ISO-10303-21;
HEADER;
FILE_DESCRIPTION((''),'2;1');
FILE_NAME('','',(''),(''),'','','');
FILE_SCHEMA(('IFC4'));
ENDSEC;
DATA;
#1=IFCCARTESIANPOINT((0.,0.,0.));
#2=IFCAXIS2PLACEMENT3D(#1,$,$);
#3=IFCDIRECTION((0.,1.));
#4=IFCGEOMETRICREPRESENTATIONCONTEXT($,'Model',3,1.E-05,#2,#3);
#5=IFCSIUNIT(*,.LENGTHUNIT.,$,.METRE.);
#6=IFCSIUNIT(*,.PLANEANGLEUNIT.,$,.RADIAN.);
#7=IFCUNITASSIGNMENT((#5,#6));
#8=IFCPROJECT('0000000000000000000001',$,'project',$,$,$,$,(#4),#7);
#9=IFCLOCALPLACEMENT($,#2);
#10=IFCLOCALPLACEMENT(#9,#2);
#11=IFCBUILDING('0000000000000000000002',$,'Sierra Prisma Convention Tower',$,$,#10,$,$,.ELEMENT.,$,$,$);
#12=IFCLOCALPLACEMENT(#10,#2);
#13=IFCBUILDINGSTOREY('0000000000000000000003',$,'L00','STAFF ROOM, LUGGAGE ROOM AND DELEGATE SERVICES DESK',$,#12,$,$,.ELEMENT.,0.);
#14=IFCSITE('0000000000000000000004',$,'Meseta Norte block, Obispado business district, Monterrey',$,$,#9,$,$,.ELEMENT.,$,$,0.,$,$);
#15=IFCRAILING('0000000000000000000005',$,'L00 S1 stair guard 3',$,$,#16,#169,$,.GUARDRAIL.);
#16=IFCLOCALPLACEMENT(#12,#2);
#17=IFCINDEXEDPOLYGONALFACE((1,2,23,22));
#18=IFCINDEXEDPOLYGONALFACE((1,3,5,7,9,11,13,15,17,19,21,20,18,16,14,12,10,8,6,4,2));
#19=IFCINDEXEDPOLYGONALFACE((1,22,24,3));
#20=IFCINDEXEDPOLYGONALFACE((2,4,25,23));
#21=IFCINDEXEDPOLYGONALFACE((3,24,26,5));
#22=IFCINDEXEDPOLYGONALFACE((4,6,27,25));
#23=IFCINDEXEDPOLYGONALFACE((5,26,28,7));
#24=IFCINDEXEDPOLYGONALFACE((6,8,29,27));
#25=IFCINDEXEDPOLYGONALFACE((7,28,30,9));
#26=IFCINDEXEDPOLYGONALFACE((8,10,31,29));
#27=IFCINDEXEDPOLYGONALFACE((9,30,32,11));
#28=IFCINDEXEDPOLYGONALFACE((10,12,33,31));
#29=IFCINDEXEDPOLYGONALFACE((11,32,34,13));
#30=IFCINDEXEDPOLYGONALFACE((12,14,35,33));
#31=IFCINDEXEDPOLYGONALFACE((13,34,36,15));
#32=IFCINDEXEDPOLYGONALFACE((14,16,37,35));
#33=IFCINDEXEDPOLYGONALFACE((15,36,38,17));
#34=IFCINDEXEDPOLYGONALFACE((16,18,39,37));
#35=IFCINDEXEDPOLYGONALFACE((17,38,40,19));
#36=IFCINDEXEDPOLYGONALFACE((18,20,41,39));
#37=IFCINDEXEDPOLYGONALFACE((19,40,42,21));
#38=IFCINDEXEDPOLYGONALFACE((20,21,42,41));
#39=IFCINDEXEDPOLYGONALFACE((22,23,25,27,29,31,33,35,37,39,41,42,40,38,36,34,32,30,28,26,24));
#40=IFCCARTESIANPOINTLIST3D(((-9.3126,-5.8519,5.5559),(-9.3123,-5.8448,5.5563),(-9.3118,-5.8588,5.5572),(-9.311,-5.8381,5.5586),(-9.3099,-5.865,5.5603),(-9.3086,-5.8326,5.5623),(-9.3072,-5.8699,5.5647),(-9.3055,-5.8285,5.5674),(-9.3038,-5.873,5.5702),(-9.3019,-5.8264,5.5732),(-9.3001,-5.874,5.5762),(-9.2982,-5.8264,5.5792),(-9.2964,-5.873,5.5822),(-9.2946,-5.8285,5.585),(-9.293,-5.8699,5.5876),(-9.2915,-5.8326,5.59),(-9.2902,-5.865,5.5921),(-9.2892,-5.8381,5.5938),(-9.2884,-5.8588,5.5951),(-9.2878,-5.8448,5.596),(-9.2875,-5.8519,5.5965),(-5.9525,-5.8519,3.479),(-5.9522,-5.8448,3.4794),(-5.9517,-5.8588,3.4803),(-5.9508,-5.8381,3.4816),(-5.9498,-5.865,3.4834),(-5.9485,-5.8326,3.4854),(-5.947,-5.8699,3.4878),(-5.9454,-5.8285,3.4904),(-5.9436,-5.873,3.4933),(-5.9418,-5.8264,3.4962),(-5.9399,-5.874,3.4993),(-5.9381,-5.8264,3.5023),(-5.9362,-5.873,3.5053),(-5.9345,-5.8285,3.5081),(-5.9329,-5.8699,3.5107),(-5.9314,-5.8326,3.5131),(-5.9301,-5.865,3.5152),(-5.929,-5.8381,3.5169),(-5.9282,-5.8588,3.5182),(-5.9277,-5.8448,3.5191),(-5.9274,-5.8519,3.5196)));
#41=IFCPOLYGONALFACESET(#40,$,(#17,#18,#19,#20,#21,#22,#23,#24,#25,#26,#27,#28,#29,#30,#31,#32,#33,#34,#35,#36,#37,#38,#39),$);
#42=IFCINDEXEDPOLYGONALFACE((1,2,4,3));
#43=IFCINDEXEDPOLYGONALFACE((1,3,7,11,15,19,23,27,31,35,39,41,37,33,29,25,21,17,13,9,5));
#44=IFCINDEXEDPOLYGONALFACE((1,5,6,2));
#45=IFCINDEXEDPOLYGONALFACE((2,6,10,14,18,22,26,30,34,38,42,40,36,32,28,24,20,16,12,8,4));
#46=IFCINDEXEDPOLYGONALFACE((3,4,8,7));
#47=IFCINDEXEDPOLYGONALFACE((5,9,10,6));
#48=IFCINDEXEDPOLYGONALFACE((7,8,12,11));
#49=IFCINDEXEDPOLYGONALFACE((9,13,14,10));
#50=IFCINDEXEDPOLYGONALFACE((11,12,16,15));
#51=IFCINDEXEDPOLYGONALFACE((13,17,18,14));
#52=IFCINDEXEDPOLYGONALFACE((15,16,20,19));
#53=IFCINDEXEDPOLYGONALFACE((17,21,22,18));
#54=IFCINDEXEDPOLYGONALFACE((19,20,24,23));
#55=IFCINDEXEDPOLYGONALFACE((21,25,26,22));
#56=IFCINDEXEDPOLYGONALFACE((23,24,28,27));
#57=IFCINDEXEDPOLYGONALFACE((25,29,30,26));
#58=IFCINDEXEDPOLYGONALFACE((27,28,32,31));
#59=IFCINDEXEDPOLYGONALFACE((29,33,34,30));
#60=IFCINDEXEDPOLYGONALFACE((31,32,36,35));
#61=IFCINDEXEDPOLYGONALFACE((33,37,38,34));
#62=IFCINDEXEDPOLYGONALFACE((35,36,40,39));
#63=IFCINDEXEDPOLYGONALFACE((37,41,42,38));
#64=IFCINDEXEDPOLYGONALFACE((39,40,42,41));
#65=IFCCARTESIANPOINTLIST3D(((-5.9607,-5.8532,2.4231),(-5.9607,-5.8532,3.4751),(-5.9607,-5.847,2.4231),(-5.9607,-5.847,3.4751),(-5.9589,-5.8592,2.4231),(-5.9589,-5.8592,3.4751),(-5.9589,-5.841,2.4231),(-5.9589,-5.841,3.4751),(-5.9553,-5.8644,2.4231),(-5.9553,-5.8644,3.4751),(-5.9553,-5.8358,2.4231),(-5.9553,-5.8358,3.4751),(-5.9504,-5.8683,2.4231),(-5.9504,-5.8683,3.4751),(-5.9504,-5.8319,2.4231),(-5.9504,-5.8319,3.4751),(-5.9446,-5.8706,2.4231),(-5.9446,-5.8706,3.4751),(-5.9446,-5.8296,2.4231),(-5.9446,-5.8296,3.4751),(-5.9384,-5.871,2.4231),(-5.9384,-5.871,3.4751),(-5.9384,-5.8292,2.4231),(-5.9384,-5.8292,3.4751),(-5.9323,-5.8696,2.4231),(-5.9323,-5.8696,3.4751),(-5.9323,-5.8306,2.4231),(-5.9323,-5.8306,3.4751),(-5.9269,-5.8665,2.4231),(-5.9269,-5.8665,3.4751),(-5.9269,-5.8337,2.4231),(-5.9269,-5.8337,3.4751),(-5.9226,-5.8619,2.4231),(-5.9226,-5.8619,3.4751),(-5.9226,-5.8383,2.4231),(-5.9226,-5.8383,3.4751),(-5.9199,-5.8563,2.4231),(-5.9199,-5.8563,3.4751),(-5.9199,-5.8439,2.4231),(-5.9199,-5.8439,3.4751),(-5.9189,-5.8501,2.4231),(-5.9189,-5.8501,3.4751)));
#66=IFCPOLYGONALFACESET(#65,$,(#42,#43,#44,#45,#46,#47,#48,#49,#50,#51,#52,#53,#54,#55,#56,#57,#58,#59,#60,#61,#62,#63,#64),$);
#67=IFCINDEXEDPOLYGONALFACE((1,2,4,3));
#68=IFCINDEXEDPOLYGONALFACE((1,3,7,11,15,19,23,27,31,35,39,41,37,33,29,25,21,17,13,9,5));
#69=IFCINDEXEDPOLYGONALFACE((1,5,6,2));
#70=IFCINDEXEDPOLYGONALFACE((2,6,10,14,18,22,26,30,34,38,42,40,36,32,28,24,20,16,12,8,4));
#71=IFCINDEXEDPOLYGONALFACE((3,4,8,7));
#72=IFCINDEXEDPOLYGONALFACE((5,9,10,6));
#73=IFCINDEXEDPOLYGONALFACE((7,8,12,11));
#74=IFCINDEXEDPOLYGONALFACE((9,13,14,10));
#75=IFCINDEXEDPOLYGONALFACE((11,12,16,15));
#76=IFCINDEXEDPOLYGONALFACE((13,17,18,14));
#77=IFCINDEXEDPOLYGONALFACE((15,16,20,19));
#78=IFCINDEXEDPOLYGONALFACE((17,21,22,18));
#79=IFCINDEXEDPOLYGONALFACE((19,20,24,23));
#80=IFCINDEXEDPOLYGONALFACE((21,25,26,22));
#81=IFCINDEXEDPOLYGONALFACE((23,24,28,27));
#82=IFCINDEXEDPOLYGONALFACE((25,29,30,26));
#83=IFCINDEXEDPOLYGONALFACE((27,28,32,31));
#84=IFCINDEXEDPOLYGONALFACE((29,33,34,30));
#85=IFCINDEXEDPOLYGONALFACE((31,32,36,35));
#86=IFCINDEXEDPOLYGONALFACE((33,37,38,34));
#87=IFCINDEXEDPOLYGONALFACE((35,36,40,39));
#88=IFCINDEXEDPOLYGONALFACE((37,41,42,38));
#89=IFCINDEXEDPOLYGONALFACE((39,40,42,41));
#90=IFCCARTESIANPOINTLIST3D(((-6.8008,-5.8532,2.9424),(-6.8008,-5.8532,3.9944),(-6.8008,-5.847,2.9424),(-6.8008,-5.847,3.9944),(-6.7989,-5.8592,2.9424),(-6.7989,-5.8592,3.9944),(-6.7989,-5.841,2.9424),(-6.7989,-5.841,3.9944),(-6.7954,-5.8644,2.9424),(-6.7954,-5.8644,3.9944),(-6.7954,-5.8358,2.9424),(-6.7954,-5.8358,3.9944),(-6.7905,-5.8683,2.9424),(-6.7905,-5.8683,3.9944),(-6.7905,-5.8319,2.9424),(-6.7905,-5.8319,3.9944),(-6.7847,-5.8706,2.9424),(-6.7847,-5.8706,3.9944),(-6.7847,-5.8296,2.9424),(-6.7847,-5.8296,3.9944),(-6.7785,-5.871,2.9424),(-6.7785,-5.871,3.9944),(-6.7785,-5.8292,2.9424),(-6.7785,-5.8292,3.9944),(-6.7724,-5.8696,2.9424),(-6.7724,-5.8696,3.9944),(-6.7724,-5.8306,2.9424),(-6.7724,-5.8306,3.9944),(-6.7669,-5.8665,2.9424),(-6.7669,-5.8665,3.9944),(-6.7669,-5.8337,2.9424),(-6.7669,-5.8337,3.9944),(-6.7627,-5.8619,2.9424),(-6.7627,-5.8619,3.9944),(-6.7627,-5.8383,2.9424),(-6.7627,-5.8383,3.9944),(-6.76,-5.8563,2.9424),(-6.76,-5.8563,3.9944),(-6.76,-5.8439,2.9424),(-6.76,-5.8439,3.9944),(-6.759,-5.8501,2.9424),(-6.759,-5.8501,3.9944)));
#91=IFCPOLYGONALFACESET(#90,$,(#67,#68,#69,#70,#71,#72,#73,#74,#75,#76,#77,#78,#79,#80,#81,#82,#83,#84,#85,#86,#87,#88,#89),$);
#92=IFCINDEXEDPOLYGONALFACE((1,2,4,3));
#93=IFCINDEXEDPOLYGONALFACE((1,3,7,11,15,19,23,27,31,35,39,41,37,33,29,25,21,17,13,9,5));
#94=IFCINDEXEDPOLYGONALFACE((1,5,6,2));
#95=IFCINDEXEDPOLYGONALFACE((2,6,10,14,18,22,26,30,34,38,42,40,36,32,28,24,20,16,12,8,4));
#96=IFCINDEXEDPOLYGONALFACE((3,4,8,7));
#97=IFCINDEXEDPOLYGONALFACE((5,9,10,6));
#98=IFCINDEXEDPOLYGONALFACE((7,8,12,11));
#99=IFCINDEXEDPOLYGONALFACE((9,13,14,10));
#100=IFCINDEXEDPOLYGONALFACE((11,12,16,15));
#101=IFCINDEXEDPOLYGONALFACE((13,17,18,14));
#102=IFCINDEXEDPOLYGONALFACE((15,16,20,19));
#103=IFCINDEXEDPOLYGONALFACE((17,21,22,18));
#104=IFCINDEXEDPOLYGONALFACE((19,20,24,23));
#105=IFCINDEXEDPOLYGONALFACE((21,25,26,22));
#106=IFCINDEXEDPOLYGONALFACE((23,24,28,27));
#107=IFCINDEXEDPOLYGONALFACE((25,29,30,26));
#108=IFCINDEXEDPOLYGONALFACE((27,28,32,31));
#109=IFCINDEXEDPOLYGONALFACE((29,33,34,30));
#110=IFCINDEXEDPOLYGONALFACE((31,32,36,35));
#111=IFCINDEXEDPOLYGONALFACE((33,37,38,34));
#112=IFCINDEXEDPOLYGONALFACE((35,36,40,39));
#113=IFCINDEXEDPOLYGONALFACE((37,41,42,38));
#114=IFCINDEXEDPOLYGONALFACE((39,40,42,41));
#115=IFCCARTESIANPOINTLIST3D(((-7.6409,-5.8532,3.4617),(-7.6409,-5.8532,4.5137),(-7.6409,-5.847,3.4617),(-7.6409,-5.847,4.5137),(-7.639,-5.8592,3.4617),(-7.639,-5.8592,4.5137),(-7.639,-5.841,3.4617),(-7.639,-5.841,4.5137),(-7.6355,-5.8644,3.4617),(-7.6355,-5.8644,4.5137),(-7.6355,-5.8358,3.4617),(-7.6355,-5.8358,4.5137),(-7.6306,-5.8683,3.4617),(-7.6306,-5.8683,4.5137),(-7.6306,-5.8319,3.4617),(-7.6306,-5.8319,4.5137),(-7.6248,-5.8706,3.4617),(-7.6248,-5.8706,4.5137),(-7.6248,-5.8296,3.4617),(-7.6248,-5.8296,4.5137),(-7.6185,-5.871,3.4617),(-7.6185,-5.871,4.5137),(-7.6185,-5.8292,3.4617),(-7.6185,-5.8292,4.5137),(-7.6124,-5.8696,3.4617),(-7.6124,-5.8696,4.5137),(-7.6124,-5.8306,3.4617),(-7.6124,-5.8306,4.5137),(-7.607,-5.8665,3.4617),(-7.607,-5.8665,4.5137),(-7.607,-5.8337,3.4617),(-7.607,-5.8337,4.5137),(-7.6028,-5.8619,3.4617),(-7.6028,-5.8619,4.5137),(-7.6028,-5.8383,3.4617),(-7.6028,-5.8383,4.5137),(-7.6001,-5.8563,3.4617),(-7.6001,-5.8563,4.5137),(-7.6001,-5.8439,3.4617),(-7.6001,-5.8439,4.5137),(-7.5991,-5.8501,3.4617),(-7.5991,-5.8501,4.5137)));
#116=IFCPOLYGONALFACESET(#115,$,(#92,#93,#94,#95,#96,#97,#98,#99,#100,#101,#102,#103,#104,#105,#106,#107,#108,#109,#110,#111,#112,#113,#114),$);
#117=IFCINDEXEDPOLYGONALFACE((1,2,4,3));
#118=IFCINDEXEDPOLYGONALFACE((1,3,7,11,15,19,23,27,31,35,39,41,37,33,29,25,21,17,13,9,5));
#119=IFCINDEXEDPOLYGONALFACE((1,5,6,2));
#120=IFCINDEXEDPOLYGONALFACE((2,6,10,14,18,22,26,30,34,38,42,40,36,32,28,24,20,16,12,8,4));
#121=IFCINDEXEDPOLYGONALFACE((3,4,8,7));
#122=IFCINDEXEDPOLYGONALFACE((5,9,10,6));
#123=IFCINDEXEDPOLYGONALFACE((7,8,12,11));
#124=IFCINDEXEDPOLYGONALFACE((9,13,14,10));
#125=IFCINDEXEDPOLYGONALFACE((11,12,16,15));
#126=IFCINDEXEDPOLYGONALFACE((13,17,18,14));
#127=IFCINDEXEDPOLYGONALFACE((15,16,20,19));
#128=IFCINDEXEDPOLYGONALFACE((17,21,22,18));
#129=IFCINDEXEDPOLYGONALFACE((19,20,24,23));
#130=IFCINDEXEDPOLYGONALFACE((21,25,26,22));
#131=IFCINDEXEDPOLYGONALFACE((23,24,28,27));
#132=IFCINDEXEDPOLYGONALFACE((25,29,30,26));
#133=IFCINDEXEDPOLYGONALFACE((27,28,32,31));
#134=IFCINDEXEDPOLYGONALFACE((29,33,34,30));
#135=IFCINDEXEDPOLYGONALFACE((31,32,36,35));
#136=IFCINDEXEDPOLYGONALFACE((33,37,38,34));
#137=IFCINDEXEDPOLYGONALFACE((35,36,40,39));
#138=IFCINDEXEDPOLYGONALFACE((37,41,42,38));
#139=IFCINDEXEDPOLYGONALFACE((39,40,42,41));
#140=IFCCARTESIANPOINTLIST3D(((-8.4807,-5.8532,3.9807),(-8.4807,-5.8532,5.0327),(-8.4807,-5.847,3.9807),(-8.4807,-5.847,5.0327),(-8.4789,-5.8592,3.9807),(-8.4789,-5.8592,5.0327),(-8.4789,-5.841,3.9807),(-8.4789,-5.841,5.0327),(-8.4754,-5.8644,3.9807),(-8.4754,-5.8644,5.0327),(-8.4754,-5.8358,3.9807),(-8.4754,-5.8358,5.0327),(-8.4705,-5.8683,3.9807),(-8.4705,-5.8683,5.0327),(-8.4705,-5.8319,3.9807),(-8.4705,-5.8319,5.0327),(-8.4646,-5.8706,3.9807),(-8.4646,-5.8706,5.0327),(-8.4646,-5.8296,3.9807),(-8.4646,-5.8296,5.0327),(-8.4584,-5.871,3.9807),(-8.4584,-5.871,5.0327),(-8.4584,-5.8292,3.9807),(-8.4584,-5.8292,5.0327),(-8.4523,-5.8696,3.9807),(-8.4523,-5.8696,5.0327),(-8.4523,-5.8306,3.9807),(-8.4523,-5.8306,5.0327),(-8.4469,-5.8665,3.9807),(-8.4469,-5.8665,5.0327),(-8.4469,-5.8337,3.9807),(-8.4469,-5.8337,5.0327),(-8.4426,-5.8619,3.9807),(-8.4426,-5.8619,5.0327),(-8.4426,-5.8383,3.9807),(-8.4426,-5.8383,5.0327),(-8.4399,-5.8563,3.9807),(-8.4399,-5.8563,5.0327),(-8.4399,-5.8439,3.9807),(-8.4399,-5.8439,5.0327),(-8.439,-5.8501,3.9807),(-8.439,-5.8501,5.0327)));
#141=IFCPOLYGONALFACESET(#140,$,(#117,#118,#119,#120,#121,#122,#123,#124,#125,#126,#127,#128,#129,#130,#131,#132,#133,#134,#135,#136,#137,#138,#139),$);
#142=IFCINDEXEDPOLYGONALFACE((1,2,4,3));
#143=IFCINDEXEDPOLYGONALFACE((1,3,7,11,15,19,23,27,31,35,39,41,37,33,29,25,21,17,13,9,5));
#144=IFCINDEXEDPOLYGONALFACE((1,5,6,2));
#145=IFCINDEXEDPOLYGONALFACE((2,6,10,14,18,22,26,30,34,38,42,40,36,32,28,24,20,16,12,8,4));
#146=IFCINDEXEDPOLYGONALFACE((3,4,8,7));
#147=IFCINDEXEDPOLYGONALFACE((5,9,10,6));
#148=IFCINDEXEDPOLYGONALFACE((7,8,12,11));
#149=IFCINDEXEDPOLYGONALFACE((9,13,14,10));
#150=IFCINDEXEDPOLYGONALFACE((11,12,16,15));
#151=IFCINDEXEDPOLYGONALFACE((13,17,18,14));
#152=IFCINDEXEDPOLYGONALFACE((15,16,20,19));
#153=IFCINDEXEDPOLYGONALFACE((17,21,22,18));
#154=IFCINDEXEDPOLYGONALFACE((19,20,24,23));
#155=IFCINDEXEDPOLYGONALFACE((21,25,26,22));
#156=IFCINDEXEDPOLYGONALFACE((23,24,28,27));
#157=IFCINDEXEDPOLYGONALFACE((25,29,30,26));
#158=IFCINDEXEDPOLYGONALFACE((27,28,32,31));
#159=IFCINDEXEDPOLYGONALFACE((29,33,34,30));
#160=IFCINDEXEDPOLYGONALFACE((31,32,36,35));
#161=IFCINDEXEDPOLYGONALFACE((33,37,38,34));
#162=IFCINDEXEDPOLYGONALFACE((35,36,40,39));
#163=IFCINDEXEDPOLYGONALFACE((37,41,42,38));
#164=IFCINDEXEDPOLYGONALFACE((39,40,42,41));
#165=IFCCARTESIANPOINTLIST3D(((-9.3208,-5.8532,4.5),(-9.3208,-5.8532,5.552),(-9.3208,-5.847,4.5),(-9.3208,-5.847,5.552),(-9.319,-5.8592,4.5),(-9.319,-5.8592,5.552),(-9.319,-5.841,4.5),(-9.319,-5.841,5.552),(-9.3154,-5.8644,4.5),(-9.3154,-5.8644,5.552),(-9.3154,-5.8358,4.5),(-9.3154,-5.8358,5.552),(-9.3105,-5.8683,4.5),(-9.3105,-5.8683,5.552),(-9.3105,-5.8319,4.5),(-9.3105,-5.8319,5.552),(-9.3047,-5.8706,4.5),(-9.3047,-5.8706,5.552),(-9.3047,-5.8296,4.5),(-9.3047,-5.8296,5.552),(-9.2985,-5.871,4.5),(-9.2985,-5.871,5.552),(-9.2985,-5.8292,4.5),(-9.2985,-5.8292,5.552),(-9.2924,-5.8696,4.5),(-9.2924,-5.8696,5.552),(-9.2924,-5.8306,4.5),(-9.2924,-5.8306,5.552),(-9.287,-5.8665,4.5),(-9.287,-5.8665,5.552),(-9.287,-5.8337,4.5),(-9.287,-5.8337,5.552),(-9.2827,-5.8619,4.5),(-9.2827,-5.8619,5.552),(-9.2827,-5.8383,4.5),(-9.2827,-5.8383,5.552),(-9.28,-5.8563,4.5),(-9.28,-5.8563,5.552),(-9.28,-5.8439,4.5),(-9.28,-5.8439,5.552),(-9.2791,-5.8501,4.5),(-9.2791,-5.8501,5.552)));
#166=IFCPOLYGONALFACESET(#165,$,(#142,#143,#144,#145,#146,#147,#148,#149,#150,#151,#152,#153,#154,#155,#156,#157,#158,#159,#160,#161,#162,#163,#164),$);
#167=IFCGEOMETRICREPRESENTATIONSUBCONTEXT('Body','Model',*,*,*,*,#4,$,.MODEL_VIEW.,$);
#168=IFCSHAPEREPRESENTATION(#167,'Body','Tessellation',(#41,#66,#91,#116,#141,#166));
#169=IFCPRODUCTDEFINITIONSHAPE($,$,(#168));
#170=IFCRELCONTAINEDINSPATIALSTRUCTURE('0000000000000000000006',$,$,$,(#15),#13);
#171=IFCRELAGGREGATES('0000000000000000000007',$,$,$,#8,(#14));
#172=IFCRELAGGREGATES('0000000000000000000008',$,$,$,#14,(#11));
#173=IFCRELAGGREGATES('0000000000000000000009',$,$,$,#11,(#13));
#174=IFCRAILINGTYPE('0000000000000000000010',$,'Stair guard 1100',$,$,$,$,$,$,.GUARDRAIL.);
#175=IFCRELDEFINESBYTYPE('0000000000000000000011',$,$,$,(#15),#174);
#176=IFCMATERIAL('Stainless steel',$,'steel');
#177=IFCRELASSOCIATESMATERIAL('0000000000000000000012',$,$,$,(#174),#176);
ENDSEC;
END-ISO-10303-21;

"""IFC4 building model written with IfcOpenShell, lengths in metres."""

from ifc_helpers import new_model, si_unit, direction, frame, origin, origin_2d, place, context, subcontext, project, spatial, circle, extrude, material, type_object, element, save


model = new_model("IFC4")

# Units and contexts
model_context = context("Model", 3, precision=1e-05, world=origin(), true_north=direction((0.0, 1.0)))
body_context = subcontext(model_context, "Body", "Model", "MODEL_VIEW")
ifc_project = project(units=[si_unit("LENGTHUNIT", "METRE"), si_unit("PLANEANGLEUNIT", "RADIAN")], contexts=[model_context])

# Site, building, storey
site_placement = place(None, origin())
site = spatial("IfcSite", under=ifc_project, at=site_placement, Name="Meseta Norte block, Obispado business district, Monterrey", CompositionType="ELEMENT", RefElevation=0.0)
building_placement = place(site_placement, origin())
building = spatial("IfcBuilding", under=site, at=building_placement, Name="Sierra Prisma Convention Tower", CompositionType="ELEMENT")
storey_placement = place(building_placement, origin())
storey = spatial("IfcBuildingStorey", under=building, at=storey_placement, Name="L00", Description="STAFF ROOM, LUGGAGE ROOM AND DELEGATE SERVICES DESK", CompositionType="ELEMENT", Elevation=0.0)

# Railing
ifc_material_1 = material(Name="Stainless steel", Category="steel")
railing_type_1 = type_object("IfcRailingType", Name="Stair guard 1100", PredefinedType="GUARDRAIL", material=ifc_material_1)
railing_1_placement = place(storey_placement, frame((-5.9399, -5.8501, 2.4231)))
element("IfcRailing", 1, at=railing_1_placement, inside=storey, type_object=railing_type_1, Name="L00 S1 stair guard 3", PredefinedType="GUARDRAIL", context=body_context, shape_type="SweptSolid", body=[
    extrude(circle(Radius=0.0239, at=origin_2d()), frame((0.0, 0.0, 1.0762), z_axis=(-0.850623, 0.0, 0.525776), x_axis=(0.0, -1.0, 0.0)), (0.0, 0.0, 1.0), 3.9502),
    extrude(circle(Radius=0.021, at=origin_2d()), origin(), (0.0, 0.0, 1.0), 1.052),
    extrude(circle(Radius=0.021, at=origin_2d()), frame((-0.8401, 0.0, 0.5193)), (0.0, 0.0, 1.0), 1.052),
    extrude(circle(Radius=0.021, at=origin_2d()), frame((-1.6802, 0.0, 1.0386)), (0.0, 0.0, 1.0), 1.052),
    extrude(circle(Radius=0.021, at=origin_2d()), frame((-2.52, 0.0, 1.5576)), (0.0, 0.0, 1.0), 1.052),
    extrude(circle(Radius=0.021, at=origin_2d()), frame((-3.3601, 0.0, 2.0769)), (0.0, 0.0, 1.0), 1.052),
])

save(model, "model.ifc")
